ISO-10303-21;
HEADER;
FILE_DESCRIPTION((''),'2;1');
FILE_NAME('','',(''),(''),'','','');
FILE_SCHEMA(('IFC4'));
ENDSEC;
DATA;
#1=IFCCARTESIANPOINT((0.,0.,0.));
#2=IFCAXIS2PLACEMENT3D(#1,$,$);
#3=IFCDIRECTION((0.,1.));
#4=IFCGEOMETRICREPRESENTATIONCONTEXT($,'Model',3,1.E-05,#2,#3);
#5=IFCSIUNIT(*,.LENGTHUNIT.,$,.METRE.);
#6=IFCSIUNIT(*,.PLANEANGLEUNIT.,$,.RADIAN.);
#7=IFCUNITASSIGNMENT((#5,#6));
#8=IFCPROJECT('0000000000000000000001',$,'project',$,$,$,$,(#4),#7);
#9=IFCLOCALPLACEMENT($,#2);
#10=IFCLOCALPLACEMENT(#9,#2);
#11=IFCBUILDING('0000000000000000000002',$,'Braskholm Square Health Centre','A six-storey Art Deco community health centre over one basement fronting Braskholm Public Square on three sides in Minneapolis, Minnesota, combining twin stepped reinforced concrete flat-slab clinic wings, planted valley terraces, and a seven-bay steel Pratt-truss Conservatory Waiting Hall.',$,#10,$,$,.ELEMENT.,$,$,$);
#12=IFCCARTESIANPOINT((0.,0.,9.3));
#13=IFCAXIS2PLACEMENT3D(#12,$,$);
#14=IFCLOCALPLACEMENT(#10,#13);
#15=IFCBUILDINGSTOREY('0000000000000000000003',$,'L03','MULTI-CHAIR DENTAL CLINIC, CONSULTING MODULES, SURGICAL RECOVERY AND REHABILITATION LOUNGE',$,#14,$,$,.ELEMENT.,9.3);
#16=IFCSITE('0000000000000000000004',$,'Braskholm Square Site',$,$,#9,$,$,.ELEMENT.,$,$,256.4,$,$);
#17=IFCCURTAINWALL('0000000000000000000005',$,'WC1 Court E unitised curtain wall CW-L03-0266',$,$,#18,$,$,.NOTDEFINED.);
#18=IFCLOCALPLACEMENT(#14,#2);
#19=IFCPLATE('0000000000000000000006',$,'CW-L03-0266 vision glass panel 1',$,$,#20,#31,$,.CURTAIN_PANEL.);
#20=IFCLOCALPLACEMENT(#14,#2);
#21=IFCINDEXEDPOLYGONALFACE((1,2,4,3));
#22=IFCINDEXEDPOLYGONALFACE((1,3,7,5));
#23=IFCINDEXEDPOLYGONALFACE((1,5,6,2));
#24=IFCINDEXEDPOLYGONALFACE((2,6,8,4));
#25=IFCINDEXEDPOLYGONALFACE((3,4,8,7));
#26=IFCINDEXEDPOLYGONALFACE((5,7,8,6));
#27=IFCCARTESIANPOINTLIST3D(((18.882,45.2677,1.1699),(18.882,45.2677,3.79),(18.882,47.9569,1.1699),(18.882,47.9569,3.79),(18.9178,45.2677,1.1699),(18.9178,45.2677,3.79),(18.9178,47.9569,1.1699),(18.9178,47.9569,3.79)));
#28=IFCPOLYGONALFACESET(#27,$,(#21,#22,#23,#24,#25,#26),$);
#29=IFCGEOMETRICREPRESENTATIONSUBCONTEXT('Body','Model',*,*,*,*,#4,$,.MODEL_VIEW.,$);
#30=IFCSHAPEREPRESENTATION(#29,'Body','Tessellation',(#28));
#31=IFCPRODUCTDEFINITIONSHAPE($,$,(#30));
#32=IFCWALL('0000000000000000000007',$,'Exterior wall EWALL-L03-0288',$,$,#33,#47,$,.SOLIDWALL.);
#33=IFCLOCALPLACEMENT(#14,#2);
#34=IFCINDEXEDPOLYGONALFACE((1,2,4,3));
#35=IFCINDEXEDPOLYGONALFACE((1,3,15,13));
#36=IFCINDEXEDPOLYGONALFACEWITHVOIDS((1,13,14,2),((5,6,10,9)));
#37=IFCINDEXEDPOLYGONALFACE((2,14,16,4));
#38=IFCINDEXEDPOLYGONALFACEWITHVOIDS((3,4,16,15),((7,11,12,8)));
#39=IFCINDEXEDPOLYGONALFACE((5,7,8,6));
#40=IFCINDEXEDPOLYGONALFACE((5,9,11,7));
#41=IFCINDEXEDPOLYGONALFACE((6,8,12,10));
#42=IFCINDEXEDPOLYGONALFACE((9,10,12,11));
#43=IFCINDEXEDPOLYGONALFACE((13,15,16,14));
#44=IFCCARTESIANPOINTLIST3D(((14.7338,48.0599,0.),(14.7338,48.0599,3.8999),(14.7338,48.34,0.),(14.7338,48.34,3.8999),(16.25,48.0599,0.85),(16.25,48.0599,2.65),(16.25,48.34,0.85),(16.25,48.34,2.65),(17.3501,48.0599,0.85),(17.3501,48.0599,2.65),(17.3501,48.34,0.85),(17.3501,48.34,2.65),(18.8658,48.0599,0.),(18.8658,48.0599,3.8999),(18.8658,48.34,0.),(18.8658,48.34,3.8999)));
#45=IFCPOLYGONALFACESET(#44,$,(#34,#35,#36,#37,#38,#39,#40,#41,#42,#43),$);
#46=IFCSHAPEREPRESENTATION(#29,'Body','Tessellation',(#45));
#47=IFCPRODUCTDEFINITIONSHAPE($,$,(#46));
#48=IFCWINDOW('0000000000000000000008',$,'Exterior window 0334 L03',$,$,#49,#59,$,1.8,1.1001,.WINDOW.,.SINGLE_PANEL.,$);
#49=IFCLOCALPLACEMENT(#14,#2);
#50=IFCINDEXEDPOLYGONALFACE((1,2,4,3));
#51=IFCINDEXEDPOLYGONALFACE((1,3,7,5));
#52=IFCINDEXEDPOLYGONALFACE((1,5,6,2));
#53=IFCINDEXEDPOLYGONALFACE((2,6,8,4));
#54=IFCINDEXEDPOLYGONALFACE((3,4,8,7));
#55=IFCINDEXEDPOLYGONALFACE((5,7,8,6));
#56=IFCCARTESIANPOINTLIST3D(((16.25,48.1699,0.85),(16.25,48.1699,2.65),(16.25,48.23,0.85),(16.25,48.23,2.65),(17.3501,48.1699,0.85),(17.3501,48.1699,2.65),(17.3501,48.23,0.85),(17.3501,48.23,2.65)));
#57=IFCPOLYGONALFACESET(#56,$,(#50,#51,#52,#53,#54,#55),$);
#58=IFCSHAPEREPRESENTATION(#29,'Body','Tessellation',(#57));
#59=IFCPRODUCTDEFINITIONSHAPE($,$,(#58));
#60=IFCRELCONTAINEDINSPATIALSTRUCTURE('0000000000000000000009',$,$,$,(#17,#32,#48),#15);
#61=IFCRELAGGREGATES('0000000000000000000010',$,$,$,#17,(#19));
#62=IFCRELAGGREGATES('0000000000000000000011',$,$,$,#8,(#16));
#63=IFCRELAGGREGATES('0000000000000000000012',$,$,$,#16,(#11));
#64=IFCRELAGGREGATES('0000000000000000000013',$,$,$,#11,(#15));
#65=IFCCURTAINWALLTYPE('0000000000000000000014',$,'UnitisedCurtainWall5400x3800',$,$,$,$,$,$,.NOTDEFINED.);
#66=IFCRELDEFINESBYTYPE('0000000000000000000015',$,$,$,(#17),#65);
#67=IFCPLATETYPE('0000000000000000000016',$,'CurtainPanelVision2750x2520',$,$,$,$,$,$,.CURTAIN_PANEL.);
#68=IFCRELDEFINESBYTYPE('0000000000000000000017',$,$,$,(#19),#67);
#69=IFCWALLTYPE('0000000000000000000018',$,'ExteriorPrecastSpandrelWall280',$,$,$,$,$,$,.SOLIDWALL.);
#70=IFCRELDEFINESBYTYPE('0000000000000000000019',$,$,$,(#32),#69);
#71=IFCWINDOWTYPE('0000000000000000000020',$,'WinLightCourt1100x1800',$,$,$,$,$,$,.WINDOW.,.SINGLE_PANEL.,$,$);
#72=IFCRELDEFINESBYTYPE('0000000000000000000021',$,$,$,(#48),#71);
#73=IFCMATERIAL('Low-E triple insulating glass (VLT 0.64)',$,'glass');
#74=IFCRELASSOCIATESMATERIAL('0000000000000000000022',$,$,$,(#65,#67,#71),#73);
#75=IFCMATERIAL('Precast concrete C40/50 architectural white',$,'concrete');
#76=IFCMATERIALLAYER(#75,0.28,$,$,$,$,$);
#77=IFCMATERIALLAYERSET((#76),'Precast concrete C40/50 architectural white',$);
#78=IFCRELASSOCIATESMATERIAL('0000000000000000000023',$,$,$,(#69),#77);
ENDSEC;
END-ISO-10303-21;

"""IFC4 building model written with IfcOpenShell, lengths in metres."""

from ifc_helpers import new_model, si_unit, direction, frame, frame_2d, origin, origin_with_axes, origin_2d, place, context, subcontext, project, spatial, rectangle, extrude, material, layer, layer_set, type_object, element, fill, aggregate, save


model = new_model("IFC4")

# Units and contexts
model_context = context("Model", 3, precision=1e-05, world=origin(), true_north=direction((0.0, 1.0)))
body_context = subcontext(model_context, "Body", "Model", "MODEL_VIEW")
ifc_project = project(units=[si_unit("LENGTHUNIT", "METRE"), si_unit("PLANEANGLEUNIT", "RADIAN")], contexts=[model_context])

# Site, building, storey
site_placement = place(None, origin())
site = spatial("IfcSite", under=ifc_project, at=site_placement, Name="Braskholm Square Site", CompositionType="ELEMENT", RefElevation=256.4)
building_placement = place(site_placement, origin())
building = spatial("IfcBuilding", under=site, at=building_placement, Name="Braskholm Square Health Centre", Description="A six-storey Art Deco community health centre over one basement fronting Braskholm Public Square on three sides in Minneapolis, Minnesota, combining twin stepped reinforced concrete flat-slab clinic wings, planted valley terraces, and a seven-bay steel Pratt-truss Conservatory Waiting Hall.", CompositionType="ELEMENT")
storey_placement = place(building_placement, frame((0.0, 0.0, 9.3)))
storey = spatial("IfcBuildingStorey", under=building, at=storey_placement, Name="L03", Description="MULTI-CHAIR DENTAL CLINIC, CONSULTING MODULES, SURGICAL RECOVERY AND REHABILITATION LOUNGE", CompositionType="ELEMENT", Elevation=9.3)

# Curtain wall
ifc_material_1 = material(Name="Low-E triple insulating glass (VLT 0.64)", Category="glass")
curtain_wall_type_1 = type_object("IfcCurtainWallType", Name="UnitisedCurtainWall5400x3800", PredefinedType="NOTDEFINED", material=ifc_material_1)
curtain_wall_1_placement = place(storey_placement, origin())
curtain_wall_1 = element("IfcCurtainWall", 1, at=curtain_wall_1_placement, inside=storey, type_object=curtain_wall_type_1, Name="WC1 Court E unitised curtain wall CW-L03-0266", PredefinedType="NOTDEFINED")

# Plate
plate_type_1 = type_object("IfcPlateType", Name="CurtainPanelVision2750x2520", PredefinedType="CURTAIN_PANEL", material=ifc_material_1)
plate_1_placement = place(storey_placement, frame((18.8999, 46.6123, 1.1699), z_axis=(0.0, 0.0, 1.0), x_axis=(0.0, -1.0, 0.0)))
plate_1 = element("IfcPlate", 2, at=plate_1_placement, type_object=plate_type_1, Name="CW-L03-0266 vision glass panel 1", PredefinedType="CURTAIN_PANEL", context=body_context, shape_type="SweptSolid", body=[
    extrude(rectangle(XDim=2.6892, YDim=0.0359, at=origin_2d()), origin(), (0.0, 0.0, 1.0), 2.6201),
])
aggregate(curtain_wall_1, [plate_1])

# Wall, opening, window
ifc_material_2 = material(Name="Precast concrete C40/50 architectural white", Category="concrete")
ifc_layer = layer(ifc_material_2, 0.28)
ifc_layer_set = layer_set([ifc_layer], Name="Precast concrete C40/50 architectural white")
wall_type = type_object("IfcWallType", Name="ExteriorPrecastSpandrelWall280", PredefinedType="SOLIDWALL", material=ifc_layer_set)
wall_placement = place(storey_placement, frame((14.7339, 48.2, 0.0), z_axis=(0.0, 0.0, 1.0), x_axis=(1.0, 0.0, 0.0)))
wall = element("IfcWall", 3, at=wall_placement, inside=storey, type_object=wall_type, Name="Exterior wall EWALL-L03-0288", PredefinedType="SOLIDWALL", context=body_context, shape_type="SweptSolid", body=[
    extrude(rectangle(XDim=4.1321, YDim=0.28, at=frame_2d((2.0659, 0.0))), origin(), (0.0, 0.0, 1.0), 3.8999),
])
opening_placement = place(wall_placement, frame((1.5161, 0.0, 0.8501)))
opening = element("IfcOpeningElement", 4, at=opening_placement, cuts=wall, PredefinedType="OPENING", context=body_context, shape_type="SweptSolid", body=[
    extrude(rectangle(XDim=1.1001, YDim=1.8, at=frame_2d((0.55, 0.8999))), frame((0.0, 0.1499, 0.0), z_axis=(0.0, -1.0, 0.0), x_axis=(1.0, 0.0, 0.0)), (0.0, 0.0, 1.0), 0.3),
])
window_type = type_object("IfcWindowType", Name="WinLightCourt1100x1800", PartitioningType="SINGLE_PANEL", PredefinedType="WINDOW", material=ifc_material_1)
window_placement = place(opening_placement, origin_with_axes())
window = element("IfcWindow", 5, at=window_placement, inside=storey, type_object=window_type, Name="Exterior window 0334 L03", OverallHeight=1.8, OverallWidth=1.1001, PartitioningType="SINGLE_PANEL", PredefinedType="WINDOW", context=body_context, shape_type="SweptSolid", body=[
    extrude(rectangle(XDim=1.1001, YDim=1.8, at=frame_2d((0.55, 0.8999))), frame((0.0, 0.03, 0.0), z_axis=(0.0, -1.0, 0.0), x_axis=(1.0, 0.0, 0.0)), (0.0, 0.0, 1.0), 0.0601),
])
fill(opening, window)

save(model, "model.ifc")
